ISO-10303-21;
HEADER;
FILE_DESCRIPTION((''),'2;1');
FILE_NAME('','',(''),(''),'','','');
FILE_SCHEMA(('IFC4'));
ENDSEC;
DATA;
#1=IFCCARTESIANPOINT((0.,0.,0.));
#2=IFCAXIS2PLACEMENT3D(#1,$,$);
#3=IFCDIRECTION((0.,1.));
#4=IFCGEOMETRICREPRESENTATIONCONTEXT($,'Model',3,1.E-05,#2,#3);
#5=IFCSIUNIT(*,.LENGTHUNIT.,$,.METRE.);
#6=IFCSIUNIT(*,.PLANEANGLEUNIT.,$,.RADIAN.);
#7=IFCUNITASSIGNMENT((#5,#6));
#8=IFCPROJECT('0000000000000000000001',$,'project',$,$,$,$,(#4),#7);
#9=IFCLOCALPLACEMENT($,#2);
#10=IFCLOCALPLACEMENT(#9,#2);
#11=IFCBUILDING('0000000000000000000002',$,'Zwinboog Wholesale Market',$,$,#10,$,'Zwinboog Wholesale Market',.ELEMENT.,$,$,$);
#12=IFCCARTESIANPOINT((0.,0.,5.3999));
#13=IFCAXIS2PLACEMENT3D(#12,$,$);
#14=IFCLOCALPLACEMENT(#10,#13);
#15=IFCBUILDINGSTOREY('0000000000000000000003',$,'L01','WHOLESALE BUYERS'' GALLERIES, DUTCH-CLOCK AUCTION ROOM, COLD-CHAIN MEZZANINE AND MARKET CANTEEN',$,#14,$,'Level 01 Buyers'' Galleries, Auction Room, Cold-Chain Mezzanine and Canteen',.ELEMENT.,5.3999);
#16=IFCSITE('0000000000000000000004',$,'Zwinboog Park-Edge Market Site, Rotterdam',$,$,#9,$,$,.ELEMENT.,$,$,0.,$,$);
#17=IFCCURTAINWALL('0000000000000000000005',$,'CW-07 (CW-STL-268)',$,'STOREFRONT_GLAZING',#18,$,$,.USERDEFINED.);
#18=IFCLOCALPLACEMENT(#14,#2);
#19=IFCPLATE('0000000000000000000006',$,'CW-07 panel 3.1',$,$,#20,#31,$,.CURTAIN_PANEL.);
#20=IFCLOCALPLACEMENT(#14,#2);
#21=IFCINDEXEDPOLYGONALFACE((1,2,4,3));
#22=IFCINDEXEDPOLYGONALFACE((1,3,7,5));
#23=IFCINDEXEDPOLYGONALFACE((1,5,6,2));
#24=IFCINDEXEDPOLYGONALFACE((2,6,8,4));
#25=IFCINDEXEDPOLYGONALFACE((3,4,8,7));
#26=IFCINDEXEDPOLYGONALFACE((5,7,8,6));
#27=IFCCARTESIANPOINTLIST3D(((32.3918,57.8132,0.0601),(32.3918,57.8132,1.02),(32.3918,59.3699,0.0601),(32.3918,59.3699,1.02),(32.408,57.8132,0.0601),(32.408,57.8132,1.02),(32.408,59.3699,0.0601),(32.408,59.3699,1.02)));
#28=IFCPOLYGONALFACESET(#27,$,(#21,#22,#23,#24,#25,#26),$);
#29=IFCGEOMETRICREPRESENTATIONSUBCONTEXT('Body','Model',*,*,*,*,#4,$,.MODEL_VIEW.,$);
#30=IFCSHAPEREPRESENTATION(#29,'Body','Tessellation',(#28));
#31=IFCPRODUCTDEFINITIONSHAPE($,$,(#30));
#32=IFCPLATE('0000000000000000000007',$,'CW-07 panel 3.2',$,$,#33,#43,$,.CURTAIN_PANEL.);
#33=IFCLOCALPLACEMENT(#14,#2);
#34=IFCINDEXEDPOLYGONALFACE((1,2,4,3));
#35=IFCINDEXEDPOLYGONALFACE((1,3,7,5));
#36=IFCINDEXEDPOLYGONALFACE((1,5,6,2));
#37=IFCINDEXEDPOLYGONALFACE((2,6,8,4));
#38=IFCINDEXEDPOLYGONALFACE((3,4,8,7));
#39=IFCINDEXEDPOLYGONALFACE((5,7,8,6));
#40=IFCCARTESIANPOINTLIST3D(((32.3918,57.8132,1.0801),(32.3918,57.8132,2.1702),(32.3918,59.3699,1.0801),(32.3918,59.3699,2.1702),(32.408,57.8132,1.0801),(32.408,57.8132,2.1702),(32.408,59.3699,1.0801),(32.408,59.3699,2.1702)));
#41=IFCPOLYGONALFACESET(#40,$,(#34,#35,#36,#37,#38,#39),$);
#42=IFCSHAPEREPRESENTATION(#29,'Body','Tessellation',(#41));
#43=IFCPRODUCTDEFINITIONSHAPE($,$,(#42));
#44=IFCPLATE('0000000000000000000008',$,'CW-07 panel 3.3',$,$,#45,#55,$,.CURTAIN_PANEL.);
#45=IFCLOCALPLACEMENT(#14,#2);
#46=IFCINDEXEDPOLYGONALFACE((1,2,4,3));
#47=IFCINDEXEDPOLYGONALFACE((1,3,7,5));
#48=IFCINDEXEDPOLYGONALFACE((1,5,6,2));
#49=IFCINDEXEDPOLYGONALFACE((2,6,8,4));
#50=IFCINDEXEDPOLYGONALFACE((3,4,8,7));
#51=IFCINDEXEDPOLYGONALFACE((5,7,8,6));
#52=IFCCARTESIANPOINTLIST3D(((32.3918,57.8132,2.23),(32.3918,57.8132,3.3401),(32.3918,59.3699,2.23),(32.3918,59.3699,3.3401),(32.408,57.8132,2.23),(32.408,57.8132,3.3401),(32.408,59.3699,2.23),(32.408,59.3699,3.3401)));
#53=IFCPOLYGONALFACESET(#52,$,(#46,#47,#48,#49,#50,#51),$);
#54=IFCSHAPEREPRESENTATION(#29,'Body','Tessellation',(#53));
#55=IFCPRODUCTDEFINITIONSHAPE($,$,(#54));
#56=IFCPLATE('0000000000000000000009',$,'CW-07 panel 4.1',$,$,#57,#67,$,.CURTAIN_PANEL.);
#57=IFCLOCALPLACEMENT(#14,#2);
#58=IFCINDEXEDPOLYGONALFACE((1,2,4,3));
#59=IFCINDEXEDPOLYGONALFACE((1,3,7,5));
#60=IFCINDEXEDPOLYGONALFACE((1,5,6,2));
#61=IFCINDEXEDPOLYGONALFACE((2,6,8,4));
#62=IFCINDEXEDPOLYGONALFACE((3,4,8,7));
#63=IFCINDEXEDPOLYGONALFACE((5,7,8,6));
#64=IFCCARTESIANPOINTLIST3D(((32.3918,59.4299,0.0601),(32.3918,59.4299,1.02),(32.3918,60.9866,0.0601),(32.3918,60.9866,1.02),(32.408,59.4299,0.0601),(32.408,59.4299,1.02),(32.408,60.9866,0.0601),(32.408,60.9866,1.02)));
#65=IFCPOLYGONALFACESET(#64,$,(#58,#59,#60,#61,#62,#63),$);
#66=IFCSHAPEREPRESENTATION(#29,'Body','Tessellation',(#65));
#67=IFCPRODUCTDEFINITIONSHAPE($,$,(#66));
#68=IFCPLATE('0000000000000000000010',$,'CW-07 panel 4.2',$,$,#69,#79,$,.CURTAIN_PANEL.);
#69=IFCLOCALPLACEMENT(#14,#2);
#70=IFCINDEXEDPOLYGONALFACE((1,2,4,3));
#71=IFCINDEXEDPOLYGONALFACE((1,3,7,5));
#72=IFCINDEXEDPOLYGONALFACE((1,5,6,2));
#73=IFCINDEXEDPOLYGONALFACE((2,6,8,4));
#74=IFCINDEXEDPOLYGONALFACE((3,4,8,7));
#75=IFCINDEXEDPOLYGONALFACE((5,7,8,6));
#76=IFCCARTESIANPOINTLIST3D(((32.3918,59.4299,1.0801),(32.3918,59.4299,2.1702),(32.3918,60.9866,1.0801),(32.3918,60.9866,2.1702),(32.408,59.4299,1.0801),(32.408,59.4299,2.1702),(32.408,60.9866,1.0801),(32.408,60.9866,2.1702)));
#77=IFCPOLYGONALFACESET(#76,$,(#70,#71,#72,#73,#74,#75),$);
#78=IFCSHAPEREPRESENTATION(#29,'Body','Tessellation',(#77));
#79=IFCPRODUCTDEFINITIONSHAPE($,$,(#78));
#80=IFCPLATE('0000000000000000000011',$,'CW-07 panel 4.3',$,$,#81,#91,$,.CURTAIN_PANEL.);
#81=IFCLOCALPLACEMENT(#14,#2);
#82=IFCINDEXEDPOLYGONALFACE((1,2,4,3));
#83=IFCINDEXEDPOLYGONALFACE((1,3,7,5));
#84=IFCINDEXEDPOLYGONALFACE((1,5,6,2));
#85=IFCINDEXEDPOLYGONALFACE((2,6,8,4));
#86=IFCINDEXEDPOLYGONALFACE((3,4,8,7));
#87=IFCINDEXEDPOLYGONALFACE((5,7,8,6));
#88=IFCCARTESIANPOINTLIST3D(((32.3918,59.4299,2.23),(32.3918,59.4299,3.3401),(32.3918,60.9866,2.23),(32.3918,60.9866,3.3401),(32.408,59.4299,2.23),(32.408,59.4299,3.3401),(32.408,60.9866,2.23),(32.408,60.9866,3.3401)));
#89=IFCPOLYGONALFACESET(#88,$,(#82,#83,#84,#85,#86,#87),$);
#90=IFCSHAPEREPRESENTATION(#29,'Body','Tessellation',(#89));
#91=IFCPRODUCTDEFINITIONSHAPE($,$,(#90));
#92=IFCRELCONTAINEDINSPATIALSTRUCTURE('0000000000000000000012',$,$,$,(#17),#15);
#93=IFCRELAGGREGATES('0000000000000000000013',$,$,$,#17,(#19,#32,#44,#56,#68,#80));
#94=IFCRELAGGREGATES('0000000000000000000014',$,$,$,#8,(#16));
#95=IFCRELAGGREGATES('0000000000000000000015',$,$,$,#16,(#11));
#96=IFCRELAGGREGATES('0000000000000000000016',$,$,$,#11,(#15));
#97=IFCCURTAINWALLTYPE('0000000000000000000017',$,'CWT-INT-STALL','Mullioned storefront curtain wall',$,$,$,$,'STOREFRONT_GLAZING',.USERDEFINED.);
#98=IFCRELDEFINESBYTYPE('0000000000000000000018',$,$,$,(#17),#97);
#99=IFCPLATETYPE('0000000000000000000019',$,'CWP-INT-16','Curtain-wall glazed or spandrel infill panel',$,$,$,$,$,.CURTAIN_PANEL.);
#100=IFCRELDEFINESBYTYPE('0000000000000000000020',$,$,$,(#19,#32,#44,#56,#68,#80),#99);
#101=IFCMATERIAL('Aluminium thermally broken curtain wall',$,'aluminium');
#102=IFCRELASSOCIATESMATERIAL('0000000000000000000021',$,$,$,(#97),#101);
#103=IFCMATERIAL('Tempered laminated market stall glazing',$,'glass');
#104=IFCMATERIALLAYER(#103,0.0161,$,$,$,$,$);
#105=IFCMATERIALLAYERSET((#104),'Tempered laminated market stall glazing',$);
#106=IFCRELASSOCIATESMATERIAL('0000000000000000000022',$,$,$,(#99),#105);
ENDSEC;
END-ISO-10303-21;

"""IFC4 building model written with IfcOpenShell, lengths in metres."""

from ifc_helpers import new_model, si_unit, direction, frame, origin, origin_2d, place, context, subcontext, project, spatial, rectangle, extrude, material, layer, layer_set, type_object, element, aggregate, save


model = new_model("IFC4")

# Units and contexts
model_context = context("Model", 3, precision=1e-05, world=origin(), true_north=direction((0.0, 1.0)))
body_context = subcontext(model_context, "Body", "Model", "MODEL_VIEW")
ifc_project = project(units=[si_unit("LENGTHUNIT", "METRE"), si_unit("PLANEANGLEUNIT", "RADIAN")], contexts=[model_context])

# Site, building, storey
site_placement = place(None, origin())
site = spatial("IfcSite", under=ifc_project, at=site_placement, Name="Zwinboog Park-Edge Market Site, Rotterdam", CompositionType="ELEMENT", RefElevation=0.0)
building_placement = place(site_placement, origin())
building = spatial("IfcBuilding", under=site, at=building_placement, Name="Zwinboog Wholesale Market", LongName="Zwinboog Wholesale Market", CompositionType="ELEMENT")
storey_placement = place(building_placement, frame((0.0, 0.0, 5.3999)))
storey = spatial("IfcBuildingStorey", under=building, at=storey_placement, Name="L01", Description="WHOLESALE BUYERS' GALLERIES, DUTCH-CLOCK AUCTION ROOM, COLD-CHAIN MEZZANINE AND MARKET CANTEEN", LongName="Level 01 Buyers' Galleries, Auction Room, Cold-Chain Mezzanine and Canteen", CompositionType="ELEMENT", Elevation=5.3999)

# Curtain wall, plates
ifc_material_1 = material(Name="Aluminium thermally broken curtain wall", Category="aluminium")
curtain_wall_type = type_object("IfcCurtainWallType", Name="CWT-INT-STALL", Description="Mullioned storefront curtain wall", ElementType="STOREFRONT_GLAZING", PredefinedType="USERDEFINED", material=ifc_material_1)
curtain_wall_placement = place(storey_placement, origin())
curtain_wall = element("IfcCurtainWall", 1, at=curtain_wall_placement, inside=storey, type_object=curtain_wall_type, Name="CW-07 (CW-STL-268)", ObjectType="STOREFRONT_GLAZING", PredefinedType="USERDEFINED")
ifc_material_2 = material(Name="Tempered laminated market stall glazing", Category="glass")
ifc_layer = layer(ifc_material_2, 0.0161)
ifc_layer_set = layer_set([ifc_layer], Name="Tempered laminated market stall glazing")
plate_type = type_object("IfcPlateType", Name="CWP-INT-16", Description="Curtain-wall glazed or spandrel infill panel", PredefinedType="CURTAIN_PANEL", material=ifc_layer_set)
plate_1_placement = place(storey_placement, frame((32.3999, 58.5916, 0.0601), z_axis=(0.0, 0.0, 1.0), x_axis=(0.0, 1.0, 0.0)))
plate_1 = element("IfcPlate", 2, at=plate_1_placement, type_object=plate_type, Name="CW-07 panel 3.1", PredefinedType="CURTAIN_PANEL", context=body_context, shape_type="SweptSolid", body=[
    extrude(rectangle(XDim=1.5566, YDim=0.0161, at=origin_2d()), origin(), (0.0, 0.0, 1.0), 0.96),
])
plate_2_placement = place(storey_placement, frame((32.3999, 58.5916, 1.0801), z_axis=(0.0, 0.0, 1.0), x_axis=(0.0, 1.0, 0.0)))
plate_2 = element("IfcPlate", 3, at=plate_2_placement, type_object=plate_type, Name="CW-07 panel 3.2", PredefinedType="CURTAIN_PANEL", context=body_context, shape_type="SweptSolid", body=[
    extrude(rectangle(XDim=1.5566, YDim=0.0161, at=origin_2d()), origin(), (0.0, 0.0, 1.0), 1.0901),
])
plate_3_placement = place(storey_placement, frame((32.3999, 58.5916, 2.23), z_axis=(0.0, 0.0, 1.0), x_axis=(0.0, 1.0, 0.0)))
plate_3 = element("IfcPlate", 4, at=plate_3_placement, type_object=plate_type, Name="CW-07 panel 3.3", PredefinedType="CURTAIN_PANEL", context=body_context, shape_type="SweptSolid", body=[
    extrude(rectangle(XDim=1.5566, YDim=0.0161, at=origin_2d()), origin(), (0.0, 0.0, 1.0), 1.1101),
])
plate_4_placement = place(storey_placement, frame((32.3999, 60.2083, 0.0601), z_axis=(0.0, 0.0, 1.0), x_axis=(0.0, 1.0, 0.0)))
plate_4 = element("IfcPlate", 5, at=plate_4_placement, type_object=plate_type, Name="CW-07 panel 4.1", PredefinedType="CURTAIN_PANEL", context=body_context, shape_type="SweptSolid", body=[
    extrude(rectangle(XDim=1.5566, YDim=0.0161, at=origin_2d()), origin(), (0.0, 0.0, 1.0), 0.96),
])
plate_5_placement = place(storey_placement, frame((32.3999, 60.2083, 1.0801), z_axis=(0.0, 0.0, 1.0), x_axis=(0.0, 1.0, 0.0)))
plate_5 = element("IfcPlate", 6, at=plate_5_placement, type_object=plate_type, Name="CW-07 panel 4.2", PredefinedType="CURTAIN_PANEL", context=body_context, shape_type="SweptSolid", body=[
    extrude(rectangle(XDim=1.5566, YDim=0.0161, at=origin_2d()), origin(), (0.0, 0.0, 1.0), 1.0901),
])
plate_6_placement = place(storey_placement, frame((32.3999, 60.2083, 2.23), z_axis=(0.0, 0.0, 1.0), x_axis=(0.0, 1.0, 0.0)))
plate_6 = element("IfcPlate", 7, at=plate_6_placement, type_object=plate_type, Name="CW-07 panel 4.3", PredefinedType="CURTAIN_PANEL", context=body_context, shape_type="SweptSolid", body=[
    extrude(rectangle(XDim=1.5566, YDim=0.0161, at=origin_2d()), origin(), (0.0, 0.0, 1.0), 1.1101),
])
aggregate(curtain_wall, [plate_1, plate_2, plate_3, plate_4, plate_5, plate_6])

save(model, "model.ifc")
